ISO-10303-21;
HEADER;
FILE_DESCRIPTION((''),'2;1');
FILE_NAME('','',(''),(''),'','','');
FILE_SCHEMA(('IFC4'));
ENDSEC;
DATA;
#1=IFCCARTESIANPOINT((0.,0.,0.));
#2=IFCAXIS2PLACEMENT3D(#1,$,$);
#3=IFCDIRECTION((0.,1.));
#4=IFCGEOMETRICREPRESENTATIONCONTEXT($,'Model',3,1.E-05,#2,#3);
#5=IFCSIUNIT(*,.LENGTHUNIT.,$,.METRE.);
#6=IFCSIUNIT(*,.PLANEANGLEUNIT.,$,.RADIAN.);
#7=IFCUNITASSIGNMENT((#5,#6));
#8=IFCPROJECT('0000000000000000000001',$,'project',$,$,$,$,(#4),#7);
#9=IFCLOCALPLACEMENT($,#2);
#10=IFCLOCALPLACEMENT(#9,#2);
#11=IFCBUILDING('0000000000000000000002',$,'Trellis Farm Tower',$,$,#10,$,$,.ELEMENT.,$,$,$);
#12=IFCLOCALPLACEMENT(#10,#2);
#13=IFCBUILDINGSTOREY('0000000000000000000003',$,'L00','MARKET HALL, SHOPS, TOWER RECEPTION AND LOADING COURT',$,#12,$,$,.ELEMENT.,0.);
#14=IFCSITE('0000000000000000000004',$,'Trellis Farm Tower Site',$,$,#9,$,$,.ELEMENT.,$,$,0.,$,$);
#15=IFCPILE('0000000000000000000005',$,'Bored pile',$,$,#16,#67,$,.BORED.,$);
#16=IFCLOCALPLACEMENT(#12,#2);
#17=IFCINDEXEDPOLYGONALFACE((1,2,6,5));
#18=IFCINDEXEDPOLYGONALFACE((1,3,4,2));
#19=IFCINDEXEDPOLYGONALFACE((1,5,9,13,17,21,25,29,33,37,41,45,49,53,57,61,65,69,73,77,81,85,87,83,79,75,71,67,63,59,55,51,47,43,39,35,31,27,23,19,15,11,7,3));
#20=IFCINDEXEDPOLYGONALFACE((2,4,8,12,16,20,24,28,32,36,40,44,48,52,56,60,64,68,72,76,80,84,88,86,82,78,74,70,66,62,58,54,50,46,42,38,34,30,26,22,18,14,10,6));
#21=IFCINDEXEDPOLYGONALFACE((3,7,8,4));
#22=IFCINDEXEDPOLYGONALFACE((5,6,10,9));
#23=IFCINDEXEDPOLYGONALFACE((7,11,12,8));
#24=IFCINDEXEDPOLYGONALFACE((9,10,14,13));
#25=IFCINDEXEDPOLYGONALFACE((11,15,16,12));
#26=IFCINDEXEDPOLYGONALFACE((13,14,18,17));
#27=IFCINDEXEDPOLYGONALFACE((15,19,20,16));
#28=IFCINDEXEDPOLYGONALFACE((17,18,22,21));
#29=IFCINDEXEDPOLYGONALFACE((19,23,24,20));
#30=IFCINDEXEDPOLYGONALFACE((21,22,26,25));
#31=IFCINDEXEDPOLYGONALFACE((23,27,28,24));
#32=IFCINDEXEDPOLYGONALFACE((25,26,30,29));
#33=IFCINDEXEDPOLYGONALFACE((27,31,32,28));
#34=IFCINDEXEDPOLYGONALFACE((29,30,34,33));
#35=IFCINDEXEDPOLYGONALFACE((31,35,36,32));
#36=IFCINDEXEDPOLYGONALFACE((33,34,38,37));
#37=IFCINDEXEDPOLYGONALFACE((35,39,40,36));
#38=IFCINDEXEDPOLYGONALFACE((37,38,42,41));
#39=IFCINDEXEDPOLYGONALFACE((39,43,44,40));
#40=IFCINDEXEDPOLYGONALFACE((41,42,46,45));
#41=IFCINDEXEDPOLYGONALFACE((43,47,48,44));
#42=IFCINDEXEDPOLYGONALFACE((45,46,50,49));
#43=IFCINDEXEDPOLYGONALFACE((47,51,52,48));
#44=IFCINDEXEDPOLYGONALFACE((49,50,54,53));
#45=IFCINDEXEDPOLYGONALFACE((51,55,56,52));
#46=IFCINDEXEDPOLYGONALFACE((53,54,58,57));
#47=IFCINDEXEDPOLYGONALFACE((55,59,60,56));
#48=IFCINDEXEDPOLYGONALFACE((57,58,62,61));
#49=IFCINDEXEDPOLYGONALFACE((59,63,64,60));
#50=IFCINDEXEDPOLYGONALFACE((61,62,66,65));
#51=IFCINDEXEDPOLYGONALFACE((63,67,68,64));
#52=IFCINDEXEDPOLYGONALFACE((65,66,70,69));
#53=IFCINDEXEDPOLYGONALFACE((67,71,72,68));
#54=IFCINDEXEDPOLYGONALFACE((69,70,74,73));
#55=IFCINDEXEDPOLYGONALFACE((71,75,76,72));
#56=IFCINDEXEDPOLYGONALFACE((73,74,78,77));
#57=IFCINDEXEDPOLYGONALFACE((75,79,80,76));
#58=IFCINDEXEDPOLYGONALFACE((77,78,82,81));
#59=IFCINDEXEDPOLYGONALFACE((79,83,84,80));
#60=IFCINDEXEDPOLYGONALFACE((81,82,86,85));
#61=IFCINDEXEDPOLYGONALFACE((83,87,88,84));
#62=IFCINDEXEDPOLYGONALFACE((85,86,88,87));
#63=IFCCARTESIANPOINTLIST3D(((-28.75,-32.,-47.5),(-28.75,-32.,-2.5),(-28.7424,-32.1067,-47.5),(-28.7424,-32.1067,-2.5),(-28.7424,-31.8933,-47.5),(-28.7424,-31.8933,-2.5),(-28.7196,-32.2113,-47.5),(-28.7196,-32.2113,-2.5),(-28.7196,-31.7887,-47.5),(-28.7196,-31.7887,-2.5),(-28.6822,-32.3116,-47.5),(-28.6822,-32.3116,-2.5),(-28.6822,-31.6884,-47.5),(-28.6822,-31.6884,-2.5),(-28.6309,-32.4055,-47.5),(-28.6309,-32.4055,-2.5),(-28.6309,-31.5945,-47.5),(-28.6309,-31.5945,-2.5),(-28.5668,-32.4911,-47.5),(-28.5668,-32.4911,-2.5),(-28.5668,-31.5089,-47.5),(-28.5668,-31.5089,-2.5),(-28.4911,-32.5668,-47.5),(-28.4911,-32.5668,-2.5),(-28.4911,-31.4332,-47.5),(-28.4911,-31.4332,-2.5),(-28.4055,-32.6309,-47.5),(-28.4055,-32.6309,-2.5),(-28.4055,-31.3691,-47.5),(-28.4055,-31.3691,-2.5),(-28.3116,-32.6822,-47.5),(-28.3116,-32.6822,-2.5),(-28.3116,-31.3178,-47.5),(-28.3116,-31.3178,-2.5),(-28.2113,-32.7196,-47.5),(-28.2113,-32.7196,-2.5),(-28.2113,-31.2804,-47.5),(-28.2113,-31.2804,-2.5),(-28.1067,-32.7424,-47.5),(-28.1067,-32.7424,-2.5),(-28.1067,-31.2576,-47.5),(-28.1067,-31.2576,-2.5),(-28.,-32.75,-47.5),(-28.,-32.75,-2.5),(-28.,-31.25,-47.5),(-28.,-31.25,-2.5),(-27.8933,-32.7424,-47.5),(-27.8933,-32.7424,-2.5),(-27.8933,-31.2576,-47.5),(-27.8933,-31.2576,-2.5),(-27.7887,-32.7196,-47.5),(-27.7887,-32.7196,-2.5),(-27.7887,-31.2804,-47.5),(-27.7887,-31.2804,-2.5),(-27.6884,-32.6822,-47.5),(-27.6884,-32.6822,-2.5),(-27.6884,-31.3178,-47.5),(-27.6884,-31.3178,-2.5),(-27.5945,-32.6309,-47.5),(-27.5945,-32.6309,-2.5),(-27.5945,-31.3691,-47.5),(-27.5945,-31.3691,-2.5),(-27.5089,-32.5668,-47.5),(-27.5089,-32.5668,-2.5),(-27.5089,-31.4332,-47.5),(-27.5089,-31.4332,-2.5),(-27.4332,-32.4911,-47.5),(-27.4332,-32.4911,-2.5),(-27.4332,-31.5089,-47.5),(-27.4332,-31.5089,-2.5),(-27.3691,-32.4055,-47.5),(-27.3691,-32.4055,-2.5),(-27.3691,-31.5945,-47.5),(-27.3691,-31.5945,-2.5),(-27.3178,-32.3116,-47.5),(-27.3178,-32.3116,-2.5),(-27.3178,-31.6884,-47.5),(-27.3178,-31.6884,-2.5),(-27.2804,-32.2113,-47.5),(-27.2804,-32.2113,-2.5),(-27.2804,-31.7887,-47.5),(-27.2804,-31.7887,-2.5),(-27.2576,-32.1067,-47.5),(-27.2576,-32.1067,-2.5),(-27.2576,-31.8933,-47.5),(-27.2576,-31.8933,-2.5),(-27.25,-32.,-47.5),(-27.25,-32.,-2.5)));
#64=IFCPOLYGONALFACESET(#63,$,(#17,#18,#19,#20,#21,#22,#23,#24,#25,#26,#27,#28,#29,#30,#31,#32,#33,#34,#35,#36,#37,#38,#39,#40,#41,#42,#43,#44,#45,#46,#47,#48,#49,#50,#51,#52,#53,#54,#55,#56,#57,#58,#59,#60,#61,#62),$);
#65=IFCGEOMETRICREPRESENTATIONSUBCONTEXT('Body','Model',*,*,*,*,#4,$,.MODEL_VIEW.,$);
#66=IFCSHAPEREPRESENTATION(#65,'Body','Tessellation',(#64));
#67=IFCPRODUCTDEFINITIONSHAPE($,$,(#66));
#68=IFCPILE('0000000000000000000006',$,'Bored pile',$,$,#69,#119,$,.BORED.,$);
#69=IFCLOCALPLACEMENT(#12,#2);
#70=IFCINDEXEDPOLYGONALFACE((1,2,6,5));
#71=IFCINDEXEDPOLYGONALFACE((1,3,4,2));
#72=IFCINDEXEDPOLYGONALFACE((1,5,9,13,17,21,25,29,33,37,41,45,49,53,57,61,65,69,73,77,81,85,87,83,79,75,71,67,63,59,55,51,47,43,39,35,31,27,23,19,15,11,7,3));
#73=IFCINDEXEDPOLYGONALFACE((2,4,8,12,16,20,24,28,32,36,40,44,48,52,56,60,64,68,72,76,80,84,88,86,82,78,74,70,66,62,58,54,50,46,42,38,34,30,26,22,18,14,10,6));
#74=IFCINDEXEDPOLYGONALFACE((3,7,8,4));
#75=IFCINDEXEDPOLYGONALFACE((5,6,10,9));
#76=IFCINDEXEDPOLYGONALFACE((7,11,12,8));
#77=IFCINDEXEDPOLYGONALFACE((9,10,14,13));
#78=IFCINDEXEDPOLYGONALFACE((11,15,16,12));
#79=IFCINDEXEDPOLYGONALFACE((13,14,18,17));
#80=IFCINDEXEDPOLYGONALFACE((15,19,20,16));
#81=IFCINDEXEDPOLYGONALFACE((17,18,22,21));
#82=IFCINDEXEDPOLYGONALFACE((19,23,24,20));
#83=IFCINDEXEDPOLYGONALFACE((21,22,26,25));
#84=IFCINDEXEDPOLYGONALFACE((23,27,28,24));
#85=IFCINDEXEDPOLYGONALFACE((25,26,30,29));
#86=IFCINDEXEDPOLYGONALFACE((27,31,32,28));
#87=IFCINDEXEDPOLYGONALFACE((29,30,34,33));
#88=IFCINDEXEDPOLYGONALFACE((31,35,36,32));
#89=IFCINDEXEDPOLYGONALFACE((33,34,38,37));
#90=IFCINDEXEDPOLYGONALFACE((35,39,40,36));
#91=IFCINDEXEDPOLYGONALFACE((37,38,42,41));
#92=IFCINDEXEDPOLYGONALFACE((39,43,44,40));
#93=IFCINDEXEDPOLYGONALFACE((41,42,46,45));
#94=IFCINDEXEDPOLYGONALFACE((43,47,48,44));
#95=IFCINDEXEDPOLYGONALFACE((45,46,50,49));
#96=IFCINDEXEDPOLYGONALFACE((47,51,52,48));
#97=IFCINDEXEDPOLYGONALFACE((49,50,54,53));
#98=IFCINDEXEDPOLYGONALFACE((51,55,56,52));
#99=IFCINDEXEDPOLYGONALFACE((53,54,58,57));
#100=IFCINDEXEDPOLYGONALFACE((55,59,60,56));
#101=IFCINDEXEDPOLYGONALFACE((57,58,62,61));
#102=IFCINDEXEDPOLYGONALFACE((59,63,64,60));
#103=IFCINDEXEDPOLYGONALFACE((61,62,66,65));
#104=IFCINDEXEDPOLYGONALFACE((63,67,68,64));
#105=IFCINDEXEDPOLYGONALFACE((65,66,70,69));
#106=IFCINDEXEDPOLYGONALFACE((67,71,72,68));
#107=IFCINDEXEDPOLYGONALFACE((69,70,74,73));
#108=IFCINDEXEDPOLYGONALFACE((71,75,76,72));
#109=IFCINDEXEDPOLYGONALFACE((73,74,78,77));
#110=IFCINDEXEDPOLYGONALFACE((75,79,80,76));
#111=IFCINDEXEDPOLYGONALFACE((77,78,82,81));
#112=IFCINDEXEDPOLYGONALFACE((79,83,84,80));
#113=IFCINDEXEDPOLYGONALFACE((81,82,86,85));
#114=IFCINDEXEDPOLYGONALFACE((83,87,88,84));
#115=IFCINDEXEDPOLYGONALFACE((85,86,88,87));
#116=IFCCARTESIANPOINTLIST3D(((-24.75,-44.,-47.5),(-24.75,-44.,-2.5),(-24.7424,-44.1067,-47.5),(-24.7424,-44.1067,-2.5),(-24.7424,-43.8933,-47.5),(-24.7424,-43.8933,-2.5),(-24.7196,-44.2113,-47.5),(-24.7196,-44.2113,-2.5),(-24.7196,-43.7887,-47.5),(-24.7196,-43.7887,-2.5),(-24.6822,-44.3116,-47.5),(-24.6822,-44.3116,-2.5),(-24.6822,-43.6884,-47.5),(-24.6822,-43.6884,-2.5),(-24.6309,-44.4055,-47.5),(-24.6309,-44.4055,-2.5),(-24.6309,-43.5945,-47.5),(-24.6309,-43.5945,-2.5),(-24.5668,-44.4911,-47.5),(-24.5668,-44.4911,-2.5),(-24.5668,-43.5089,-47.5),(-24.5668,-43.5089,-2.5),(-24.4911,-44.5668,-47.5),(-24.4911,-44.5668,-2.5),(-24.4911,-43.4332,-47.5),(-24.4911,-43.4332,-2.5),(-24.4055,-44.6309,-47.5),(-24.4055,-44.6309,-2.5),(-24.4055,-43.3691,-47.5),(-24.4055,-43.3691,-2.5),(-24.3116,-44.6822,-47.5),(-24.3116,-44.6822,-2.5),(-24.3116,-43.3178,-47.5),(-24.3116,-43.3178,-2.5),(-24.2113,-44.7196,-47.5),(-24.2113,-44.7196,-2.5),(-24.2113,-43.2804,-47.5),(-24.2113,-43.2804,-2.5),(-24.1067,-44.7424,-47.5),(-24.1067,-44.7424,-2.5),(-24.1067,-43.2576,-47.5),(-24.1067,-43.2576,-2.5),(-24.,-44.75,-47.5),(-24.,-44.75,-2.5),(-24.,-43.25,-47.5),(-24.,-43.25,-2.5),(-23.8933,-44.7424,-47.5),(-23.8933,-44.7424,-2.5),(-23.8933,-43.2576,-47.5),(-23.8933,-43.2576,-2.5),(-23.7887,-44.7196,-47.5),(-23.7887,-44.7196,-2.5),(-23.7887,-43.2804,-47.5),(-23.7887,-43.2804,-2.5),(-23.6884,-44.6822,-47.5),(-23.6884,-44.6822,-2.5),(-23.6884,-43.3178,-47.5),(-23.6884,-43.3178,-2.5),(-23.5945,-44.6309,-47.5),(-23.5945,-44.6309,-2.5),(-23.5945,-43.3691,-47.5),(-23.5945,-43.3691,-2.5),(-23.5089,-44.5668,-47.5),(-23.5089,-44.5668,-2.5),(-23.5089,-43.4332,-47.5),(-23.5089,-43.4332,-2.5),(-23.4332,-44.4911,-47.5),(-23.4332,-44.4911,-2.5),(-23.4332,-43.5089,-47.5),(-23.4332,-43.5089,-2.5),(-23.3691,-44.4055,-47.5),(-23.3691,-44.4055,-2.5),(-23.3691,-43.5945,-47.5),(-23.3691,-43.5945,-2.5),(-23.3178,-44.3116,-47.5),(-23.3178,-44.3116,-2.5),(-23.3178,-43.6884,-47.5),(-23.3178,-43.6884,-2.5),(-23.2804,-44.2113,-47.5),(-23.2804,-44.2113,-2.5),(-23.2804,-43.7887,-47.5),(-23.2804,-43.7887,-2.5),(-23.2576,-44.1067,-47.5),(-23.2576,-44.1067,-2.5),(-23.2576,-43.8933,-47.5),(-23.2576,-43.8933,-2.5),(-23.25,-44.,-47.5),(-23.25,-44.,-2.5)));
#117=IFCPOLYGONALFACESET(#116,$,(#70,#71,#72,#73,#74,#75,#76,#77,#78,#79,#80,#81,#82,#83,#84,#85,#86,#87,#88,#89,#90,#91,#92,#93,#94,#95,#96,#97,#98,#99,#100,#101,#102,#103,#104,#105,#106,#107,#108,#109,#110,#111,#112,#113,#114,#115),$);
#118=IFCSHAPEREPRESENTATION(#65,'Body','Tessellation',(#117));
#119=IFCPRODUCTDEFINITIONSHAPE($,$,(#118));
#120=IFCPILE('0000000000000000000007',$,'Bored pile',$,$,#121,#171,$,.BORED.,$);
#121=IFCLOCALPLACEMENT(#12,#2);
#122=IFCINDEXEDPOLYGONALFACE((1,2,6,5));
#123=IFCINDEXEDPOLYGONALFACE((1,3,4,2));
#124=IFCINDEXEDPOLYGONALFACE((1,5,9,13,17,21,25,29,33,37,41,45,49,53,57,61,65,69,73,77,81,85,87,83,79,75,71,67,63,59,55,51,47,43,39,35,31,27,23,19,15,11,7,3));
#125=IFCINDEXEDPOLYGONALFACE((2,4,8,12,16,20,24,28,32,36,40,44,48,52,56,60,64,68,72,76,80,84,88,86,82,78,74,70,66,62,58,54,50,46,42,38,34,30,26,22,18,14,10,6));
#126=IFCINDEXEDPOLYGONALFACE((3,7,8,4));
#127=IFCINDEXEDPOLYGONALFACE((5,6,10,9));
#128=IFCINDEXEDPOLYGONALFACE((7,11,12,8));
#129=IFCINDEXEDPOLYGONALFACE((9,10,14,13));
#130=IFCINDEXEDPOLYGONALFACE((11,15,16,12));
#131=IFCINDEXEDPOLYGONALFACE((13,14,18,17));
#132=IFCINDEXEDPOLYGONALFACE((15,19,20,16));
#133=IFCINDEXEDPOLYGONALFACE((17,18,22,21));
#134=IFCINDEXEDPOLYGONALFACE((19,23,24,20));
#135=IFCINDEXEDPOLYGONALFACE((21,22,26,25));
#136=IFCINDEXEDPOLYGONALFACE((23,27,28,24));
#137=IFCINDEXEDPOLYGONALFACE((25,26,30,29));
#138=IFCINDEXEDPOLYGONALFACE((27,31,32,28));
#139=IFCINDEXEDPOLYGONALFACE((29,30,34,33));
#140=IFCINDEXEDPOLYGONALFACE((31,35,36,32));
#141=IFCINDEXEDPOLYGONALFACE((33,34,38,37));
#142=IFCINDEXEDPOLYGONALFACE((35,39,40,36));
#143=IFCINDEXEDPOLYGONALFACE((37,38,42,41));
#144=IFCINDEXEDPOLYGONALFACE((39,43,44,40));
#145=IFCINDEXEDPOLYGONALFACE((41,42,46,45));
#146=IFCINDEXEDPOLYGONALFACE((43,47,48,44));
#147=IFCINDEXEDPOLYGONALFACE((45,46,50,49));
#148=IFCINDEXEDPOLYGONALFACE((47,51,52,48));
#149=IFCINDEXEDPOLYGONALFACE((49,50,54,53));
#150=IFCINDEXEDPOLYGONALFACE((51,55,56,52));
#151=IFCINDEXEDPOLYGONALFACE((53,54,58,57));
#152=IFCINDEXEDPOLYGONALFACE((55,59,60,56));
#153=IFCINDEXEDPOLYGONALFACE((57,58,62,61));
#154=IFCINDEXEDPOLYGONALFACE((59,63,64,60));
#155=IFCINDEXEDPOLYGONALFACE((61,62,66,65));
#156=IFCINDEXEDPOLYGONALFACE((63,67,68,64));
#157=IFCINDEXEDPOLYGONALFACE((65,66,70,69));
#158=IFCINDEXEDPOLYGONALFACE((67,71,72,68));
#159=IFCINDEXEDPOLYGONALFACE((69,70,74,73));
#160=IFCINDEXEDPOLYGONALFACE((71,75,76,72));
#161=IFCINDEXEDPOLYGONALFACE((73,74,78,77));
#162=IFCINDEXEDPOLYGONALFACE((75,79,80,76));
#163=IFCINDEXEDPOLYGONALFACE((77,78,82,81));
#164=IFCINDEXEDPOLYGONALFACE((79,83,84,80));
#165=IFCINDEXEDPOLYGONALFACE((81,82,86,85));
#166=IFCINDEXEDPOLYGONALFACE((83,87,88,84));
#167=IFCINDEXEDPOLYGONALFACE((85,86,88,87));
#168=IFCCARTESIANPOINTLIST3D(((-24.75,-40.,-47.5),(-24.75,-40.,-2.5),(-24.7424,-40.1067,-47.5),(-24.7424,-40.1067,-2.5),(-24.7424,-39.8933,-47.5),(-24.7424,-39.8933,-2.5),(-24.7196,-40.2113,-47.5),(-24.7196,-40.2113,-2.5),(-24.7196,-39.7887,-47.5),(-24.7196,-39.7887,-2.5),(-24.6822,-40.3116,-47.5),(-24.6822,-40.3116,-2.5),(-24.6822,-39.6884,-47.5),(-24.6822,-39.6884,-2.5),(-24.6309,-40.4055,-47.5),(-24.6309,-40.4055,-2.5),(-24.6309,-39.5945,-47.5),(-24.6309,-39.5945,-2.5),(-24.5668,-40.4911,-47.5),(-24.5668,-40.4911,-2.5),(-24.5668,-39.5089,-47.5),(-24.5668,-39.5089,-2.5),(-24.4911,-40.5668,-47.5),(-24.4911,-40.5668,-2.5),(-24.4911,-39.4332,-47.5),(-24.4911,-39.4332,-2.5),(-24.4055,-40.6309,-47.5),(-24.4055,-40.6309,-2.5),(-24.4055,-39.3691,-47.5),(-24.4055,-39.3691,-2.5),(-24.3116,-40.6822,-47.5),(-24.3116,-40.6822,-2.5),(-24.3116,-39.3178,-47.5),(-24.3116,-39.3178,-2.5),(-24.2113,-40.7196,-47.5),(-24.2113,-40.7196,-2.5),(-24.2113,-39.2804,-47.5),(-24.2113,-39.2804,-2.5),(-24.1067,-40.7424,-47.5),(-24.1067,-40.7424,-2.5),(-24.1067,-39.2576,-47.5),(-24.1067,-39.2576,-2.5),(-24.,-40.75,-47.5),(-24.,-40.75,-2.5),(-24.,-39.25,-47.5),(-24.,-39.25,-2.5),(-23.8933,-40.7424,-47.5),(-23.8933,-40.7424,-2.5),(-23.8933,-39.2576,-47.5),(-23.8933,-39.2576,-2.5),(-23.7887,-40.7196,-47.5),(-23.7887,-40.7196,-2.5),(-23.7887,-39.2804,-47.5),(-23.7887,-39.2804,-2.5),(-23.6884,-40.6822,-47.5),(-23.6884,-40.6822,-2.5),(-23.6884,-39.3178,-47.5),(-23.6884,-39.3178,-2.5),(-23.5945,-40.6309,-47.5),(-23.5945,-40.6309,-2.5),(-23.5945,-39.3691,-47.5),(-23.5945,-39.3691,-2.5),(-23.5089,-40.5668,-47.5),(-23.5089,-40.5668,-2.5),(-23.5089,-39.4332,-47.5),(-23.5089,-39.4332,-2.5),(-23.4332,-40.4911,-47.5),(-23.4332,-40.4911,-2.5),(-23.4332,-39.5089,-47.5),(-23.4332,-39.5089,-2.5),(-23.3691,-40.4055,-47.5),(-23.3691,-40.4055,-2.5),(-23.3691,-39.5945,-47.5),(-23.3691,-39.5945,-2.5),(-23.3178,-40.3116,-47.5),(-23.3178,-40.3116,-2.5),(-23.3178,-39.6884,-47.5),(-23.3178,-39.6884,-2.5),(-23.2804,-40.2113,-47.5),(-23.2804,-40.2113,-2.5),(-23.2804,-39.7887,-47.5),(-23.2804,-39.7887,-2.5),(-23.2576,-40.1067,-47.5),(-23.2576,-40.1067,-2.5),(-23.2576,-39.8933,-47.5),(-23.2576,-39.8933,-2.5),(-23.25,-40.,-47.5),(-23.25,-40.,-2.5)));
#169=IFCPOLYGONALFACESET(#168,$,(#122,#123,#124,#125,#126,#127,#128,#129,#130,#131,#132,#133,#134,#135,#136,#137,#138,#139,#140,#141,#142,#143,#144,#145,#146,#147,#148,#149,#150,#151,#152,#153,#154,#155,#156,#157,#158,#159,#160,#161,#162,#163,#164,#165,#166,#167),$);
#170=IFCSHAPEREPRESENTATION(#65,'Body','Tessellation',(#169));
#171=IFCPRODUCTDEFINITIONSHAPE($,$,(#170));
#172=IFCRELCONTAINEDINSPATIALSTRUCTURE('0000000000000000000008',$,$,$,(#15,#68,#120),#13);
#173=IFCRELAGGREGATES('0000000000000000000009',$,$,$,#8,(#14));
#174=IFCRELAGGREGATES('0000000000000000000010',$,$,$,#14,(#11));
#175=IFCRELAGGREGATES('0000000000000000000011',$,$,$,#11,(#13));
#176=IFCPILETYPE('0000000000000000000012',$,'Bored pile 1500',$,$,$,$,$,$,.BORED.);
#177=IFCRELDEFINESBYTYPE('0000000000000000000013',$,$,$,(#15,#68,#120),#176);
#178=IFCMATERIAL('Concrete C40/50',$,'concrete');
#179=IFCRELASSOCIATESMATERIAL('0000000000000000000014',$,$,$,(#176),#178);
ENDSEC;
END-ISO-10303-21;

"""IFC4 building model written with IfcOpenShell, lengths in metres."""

from ifc_helpers import new_model, si_unit, direction, frame, origin, origin_2d, place, context, subcontext, project, spatial, circle, extrude, source, transform, mapped, material, material_profile, profile_set, type_object, element, save


model = new_model("IFC4")

# Units and contexts
model_context = context("Model", 3, precision=1e-05, world=origin(), true_north=direction((0.0, 1.0)))
body_context = subcontext(model_context, "Body", "Model", "MODEL_VIEW")
ifc_project = project(units=[si_unit("LENGTHUNIT", "METRE"), si_unit("PLANEANGLEUNIT", "RADIAN")], contexts=[model_context])

# Site, building, storey
site_placement = place(None, origin())
site = spatial("IfcSite", under=ifc_project, at=site_placement, Name="Trellis Farm Tower Site", CompositionType="ELEMENT", RefElevation=0.0)
building_placement = place(site_placement, origin())
building = spatial("IfcBuilding", under=site, at=building_placement, Name="Trellis Farm Tower", CompositionType="ELEMENT")
storey_placement = place(building_placement, origin())
storey = spatial("IfcBuildingStorey", under=building, at=storey_placement, Name="L00", Description="MARKET HALL, SHOPS, TOWER RECEPTION AND LOADING COURT", CompositionType="ELEMENT", Elevation=0.0)

# Piles
ifc_material_1 = material(Name="Concrete C40/50", Category="concrete")
ifc_material_profile_1 = material_profile(ifc_material_1, circle(Radius=0.75, at=origin_2d()), Name="Bored pile 1500")
ifc_profile_set_1 = profile_set([ifc_material_profile_1], Name="Concrete C40/50")
pile_type = type_object("IfcPileType", Name="Bored pile 1500", PredefinedType="BORED", material=ifc_profile_set_1)
shared_shape_1 = source(origin(), body_context, "Body", "SweptSolid", [
    extrude(circle(Radius=0.75, at=origin_2d()), origin(), (0.0, 0.0, 1.0), 45.0),
])
for number, where, z_axis, x_axis, name in (
    (1, (-28.0, -32.0, -2.5), (0.0, 0.0, -1.0), (1.0, 0.0, 0.0), "Bored pile"),
    (2, (-24.0, -44.0, -2.5), (0.0, 0.0, -1.0), (1.0, 0.0, 0.0), "Bored pile"),
    (3, (-24.0, -40.0, -2.5), (0.0, 0.0, -1.0), (1.0, 0.0, 0.0), "Bored pile"),
):
    element("IfcPile", number, at=place(storey_placement, frame(where, z_axis=z_axis, x_axis=x_axis)), inside=storey, type_object=pile_type, Name=name, PredefinedType="BORED", context=body_context, shape_type="MappedRepresentation", body=[
        mapped(shared_shape_1, transform((0.0, 0.0, 0.0))),
    ])

save(model, "model.ifc")
